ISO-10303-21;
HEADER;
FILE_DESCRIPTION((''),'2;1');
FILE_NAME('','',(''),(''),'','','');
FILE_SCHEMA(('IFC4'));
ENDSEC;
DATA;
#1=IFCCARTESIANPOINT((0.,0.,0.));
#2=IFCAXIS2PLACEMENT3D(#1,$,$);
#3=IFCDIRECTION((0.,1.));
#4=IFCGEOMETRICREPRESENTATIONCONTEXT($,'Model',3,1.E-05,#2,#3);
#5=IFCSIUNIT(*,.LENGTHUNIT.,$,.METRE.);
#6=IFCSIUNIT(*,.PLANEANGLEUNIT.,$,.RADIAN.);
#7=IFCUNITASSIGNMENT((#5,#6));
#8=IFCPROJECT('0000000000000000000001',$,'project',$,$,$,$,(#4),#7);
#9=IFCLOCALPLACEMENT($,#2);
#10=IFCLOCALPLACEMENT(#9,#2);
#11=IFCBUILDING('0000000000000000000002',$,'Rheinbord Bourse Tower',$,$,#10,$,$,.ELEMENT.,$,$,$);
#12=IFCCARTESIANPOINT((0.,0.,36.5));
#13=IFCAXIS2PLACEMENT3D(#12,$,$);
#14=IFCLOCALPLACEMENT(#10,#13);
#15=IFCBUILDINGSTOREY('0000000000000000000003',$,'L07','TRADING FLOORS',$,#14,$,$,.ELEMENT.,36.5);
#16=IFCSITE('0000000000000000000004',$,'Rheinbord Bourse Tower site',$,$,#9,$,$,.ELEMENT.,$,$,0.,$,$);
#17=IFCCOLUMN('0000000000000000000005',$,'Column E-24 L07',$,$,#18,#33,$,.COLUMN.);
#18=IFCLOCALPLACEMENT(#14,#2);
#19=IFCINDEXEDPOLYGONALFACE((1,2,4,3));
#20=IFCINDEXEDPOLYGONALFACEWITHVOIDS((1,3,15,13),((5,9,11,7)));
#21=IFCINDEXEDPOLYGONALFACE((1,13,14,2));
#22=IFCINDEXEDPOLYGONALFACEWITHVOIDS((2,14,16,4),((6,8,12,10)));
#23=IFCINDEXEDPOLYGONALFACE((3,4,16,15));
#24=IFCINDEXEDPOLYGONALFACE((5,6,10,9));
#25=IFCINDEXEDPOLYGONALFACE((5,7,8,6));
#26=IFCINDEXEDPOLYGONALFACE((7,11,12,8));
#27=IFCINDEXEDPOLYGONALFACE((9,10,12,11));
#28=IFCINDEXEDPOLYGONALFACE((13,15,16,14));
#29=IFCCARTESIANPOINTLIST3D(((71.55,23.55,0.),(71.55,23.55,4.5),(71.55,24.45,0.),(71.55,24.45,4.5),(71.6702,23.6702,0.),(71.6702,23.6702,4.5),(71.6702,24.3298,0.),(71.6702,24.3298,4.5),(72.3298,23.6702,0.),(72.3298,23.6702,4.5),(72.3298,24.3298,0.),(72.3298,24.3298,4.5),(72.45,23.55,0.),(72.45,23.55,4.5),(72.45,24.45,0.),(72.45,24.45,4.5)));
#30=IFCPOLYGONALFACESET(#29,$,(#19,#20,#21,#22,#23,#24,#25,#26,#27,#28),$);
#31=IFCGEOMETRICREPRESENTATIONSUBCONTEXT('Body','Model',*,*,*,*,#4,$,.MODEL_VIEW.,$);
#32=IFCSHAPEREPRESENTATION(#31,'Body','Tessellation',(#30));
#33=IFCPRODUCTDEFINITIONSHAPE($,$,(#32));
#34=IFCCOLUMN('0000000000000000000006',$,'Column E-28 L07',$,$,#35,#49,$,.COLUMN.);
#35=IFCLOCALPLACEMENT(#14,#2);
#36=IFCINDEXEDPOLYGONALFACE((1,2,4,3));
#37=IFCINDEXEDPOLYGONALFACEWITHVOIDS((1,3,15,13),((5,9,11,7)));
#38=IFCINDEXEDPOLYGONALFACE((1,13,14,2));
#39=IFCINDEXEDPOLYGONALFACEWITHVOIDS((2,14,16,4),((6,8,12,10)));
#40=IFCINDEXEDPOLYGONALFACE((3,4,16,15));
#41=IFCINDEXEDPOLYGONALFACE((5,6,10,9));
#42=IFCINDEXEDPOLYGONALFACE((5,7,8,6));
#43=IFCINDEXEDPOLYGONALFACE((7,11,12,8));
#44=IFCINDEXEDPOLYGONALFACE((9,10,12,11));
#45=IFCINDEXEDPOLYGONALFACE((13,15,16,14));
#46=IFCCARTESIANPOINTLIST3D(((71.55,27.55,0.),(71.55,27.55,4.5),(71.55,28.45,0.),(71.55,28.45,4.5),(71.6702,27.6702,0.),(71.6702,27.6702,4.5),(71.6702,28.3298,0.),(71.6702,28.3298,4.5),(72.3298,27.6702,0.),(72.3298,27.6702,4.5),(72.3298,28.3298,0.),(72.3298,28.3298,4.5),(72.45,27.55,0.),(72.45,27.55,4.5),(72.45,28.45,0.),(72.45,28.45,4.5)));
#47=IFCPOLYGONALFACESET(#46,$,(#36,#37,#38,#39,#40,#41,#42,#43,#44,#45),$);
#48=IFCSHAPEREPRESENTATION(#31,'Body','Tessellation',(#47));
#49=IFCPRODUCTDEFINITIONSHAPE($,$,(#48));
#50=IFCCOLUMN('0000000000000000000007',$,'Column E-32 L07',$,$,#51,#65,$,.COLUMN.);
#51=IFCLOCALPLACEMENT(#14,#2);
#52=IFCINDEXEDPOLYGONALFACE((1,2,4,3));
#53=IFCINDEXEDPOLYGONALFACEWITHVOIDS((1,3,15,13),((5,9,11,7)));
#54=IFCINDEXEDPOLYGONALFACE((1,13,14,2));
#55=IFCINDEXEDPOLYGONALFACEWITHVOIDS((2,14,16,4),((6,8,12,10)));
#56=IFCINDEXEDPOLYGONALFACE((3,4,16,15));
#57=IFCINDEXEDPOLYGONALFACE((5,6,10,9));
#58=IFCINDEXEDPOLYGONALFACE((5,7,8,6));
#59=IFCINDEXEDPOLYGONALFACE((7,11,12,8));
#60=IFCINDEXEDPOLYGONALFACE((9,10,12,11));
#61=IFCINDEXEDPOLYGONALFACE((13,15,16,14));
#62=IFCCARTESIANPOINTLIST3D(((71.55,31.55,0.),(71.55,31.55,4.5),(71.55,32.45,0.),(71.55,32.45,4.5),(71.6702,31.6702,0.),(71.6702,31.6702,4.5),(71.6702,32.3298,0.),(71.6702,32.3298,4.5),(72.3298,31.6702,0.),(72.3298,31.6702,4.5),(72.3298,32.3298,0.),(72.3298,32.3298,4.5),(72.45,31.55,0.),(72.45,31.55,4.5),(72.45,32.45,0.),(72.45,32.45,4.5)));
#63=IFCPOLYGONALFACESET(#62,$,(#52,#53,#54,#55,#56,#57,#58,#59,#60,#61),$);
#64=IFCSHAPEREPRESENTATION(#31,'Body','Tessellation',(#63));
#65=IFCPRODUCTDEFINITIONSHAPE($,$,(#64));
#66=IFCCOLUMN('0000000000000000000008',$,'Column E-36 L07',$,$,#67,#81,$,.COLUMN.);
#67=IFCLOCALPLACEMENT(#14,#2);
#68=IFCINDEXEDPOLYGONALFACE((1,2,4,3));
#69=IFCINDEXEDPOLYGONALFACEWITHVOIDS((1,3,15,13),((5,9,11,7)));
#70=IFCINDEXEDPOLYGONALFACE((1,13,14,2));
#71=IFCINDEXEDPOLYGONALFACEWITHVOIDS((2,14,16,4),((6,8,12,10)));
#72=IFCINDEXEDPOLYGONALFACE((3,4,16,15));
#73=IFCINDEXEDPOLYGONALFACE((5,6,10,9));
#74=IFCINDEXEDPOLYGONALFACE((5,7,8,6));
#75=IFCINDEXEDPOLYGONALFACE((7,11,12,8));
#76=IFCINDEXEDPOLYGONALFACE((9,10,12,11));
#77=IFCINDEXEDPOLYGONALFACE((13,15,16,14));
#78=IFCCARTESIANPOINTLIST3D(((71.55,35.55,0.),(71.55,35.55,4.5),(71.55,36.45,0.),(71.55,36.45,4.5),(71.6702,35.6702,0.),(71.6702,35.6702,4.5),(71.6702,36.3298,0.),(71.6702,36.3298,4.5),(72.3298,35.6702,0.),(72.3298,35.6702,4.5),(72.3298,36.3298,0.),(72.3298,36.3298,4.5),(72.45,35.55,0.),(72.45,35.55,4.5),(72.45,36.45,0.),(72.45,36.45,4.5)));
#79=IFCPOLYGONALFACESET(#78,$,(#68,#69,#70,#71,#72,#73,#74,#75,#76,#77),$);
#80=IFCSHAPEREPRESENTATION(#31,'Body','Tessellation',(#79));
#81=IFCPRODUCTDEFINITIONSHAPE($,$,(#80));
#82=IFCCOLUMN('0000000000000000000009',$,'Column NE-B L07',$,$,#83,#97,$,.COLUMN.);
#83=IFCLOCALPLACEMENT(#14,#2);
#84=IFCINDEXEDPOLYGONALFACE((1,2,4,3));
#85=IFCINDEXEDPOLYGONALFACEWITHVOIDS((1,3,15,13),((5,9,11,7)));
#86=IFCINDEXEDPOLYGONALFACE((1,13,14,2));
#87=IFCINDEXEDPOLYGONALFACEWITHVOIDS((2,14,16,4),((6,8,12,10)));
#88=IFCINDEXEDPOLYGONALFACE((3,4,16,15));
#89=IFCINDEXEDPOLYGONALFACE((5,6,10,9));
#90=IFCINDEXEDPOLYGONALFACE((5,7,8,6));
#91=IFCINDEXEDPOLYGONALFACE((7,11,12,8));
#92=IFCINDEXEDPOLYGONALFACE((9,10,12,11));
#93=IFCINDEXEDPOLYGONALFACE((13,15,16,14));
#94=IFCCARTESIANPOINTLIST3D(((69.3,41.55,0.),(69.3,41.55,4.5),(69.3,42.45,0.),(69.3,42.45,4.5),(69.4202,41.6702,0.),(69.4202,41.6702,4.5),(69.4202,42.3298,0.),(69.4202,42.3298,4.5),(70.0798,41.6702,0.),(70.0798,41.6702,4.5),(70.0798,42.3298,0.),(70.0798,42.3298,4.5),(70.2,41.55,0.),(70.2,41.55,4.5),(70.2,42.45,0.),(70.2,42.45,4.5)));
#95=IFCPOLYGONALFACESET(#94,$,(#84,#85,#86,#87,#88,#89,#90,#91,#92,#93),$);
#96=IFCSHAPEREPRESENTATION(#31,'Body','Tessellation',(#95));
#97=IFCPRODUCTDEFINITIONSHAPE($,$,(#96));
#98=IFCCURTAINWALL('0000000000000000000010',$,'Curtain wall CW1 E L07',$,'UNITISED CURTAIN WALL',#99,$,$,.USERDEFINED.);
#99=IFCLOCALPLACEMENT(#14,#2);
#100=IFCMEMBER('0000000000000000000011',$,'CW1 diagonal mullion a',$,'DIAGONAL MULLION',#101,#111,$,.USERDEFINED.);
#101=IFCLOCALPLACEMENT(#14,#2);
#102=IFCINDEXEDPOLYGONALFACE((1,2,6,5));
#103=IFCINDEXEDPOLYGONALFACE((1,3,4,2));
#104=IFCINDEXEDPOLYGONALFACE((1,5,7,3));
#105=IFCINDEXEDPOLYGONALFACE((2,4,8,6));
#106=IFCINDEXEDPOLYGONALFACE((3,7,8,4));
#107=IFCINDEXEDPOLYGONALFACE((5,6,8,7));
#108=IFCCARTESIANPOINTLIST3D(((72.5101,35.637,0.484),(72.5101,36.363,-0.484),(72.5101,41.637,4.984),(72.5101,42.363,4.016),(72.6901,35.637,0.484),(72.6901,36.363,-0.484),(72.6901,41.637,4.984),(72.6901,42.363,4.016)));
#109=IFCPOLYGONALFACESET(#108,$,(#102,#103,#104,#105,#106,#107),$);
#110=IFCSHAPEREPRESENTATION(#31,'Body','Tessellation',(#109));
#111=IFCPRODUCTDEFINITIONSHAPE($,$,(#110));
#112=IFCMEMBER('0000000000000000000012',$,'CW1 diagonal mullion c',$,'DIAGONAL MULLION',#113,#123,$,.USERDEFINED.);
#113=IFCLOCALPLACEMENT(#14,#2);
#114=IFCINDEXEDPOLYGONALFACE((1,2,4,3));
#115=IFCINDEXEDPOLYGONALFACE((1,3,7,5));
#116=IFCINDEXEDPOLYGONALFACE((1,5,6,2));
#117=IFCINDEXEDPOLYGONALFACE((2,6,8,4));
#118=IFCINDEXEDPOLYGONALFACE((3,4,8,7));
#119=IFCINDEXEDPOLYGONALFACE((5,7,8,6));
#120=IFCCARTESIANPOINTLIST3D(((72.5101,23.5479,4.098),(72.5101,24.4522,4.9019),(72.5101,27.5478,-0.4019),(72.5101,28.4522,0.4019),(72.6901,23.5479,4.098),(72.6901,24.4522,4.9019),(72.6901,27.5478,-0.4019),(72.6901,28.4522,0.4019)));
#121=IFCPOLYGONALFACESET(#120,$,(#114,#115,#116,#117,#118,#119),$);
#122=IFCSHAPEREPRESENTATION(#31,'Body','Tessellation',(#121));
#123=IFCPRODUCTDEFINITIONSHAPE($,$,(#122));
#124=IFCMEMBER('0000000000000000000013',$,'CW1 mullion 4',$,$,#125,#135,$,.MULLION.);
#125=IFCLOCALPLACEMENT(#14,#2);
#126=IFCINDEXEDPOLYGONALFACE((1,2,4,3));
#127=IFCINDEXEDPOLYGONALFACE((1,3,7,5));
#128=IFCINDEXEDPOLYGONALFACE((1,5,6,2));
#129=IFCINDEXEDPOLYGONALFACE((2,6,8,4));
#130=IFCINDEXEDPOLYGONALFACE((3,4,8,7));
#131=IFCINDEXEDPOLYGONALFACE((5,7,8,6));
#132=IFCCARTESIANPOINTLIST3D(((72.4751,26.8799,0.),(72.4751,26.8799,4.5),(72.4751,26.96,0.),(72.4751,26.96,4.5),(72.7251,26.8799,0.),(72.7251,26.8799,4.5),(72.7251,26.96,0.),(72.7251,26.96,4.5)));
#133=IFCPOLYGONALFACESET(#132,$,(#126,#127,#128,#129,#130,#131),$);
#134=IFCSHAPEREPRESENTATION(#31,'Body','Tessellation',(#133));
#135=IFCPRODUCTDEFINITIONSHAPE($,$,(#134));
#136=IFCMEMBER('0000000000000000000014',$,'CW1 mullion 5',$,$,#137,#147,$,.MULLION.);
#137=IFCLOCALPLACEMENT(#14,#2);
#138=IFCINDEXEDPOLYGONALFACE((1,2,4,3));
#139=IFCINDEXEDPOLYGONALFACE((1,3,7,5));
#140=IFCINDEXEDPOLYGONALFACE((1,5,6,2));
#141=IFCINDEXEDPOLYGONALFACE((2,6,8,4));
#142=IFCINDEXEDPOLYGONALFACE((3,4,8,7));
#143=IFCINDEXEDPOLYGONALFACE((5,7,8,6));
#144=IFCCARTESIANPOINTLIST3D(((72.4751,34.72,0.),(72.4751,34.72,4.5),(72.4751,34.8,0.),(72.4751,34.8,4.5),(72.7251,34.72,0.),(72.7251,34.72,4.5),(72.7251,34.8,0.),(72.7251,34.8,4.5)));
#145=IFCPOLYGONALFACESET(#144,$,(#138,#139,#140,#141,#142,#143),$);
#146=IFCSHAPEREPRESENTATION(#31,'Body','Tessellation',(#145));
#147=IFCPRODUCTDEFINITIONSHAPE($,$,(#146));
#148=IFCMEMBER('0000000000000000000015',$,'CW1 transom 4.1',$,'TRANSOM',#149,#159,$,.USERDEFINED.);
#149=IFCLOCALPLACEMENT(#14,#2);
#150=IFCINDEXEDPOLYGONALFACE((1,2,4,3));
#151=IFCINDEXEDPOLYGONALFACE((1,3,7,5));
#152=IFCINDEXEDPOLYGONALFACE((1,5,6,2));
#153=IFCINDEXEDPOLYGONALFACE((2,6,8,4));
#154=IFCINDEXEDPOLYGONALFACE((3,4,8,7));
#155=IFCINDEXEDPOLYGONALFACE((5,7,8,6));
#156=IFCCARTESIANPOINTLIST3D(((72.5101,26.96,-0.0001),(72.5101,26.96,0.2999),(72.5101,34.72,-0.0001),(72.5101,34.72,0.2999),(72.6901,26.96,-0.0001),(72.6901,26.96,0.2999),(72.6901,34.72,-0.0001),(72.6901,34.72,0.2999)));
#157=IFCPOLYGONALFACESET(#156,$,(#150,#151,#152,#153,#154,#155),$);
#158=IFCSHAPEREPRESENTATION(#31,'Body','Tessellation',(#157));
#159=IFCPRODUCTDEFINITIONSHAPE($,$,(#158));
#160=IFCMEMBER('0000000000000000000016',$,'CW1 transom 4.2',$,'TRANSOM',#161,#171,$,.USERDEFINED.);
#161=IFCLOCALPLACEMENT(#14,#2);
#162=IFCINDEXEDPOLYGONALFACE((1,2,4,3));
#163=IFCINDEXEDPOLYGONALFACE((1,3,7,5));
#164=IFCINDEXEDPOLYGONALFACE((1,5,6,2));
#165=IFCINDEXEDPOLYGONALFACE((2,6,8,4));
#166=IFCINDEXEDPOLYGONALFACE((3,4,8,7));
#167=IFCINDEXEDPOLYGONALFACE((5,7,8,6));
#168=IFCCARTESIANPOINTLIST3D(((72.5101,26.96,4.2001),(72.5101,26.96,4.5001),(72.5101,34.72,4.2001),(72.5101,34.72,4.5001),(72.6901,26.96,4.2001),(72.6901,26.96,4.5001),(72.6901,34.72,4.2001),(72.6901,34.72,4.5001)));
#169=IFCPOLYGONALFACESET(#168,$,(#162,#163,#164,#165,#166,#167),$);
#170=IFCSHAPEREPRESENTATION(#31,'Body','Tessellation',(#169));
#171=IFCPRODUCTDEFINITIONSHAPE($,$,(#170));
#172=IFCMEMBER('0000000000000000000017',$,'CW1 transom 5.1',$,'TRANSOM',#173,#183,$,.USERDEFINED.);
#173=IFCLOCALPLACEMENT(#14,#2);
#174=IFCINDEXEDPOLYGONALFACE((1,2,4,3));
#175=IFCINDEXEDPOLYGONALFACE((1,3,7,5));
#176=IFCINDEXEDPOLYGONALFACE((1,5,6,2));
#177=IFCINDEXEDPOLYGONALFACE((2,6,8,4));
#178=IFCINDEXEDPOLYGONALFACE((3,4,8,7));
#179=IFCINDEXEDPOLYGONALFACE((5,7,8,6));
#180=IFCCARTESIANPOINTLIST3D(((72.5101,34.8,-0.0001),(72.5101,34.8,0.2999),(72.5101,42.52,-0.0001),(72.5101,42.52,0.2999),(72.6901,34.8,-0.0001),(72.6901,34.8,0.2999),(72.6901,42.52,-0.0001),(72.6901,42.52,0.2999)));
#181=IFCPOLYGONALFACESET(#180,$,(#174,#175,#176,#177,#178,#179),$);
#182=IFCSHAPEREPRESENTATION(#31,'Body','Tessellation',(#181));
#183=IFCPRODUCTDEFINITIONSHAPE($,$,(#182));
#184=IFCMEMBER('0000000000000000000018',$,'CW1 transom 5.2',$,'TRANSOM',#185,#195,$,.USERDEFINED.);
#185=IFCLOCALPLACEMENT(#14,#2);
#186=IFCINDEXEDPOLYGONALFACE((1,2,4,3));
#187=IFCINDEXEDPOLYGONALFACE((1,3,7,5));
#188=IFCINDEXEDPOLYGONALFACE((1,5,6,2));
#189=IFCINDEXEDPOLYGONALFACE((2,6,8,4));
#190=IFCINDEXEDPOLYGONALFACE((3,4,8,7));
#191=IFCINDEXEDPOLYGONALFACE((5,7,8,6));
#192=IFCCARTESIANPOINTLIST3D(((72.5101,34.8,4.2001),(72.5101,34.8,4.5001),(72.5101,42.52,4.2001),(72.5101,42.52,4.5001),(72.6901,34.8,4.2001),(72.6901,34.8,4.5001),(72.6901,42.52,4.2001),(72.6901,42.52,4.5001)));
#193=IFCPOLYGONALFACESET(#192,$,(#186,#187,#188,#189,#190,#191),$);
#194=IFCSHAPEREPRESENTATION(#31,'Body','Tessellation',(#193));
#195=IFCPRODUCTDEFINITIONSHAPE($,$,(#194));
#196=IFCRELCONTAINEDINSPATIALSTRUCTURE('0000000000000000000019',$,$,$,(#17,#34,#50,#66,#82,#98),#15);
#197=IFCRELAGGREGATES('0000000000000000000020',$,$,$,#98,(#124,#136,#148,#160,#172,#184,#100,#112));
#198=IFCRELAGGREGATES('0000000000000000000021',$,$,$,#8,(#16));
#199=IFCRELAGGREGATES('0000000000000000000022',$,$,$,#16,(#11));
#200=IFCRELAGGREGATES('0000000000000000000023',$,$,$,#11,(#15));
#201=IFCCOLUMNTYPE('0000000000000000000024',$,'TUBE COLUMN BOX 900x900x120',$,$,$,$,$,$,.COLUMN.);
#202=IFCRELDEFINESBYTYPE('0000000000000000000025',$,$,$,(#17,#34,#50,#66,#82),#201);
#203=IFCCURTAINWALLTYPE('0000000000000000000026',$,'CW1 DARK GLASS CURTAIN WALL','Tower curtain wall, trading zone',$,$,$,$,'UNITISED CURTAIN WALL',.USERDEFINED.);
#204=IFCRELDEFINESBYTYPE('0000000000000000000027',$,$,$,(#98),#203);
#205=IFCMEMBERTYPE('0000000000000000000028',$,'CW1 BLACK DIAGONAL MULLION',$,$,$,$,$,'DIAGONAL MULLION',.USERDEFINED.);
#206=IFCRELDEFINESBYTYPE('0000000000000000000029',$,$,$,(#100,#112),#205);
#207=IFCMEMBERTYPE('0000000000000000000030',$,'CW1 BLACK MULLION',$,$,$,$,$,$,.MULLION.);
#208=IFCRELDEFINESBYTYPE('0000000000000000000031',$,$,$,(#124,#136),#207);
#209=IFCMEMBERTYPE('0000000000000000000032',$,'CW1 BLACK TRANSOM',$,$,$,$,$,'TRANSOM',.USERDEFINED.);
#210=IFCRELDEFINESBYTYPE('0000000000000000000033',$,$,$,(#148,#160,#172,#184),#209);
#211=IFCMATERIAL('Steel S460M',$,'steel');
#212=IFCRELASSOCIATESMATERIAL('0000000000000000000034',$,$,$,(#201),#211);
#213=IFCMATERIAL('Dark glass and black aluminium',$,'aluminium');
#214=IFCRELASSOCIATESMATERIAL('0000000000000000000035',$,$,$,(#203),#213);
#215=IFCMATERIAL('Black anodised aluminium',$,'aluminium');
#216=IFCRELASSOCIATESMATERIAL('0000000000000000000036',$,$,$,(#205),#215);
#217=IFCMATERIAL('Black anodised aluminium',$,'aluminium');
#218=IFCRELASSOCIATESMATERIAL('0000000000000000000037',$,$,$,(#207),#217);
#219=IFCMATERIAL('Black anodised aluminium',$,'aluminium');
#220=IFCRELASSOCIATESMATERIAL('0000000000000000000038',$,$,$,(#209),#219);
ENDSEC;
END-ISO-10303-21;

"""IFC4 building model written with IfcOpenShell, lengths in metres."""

from ifc_helpers import new_model, si_unit, direction, frame, origin, origin_2d, place, context, subcontext, project, spatial, rectangle, hollow_rectangle, extrude, material, material_profile, profile_set, type_object, element, aggregate, save


model = new_model("IFC4")

# Units and contexts
model_context = context("Model", 3, precision=1e-05, world=origin(), true_north=direction((0.0, 1.0)))
body_context = subcontext(model_context, "Body", "Model", "MODEL_VIEW")
ifc_project = project(units=[si_unit("LENGTHUNIT", "METRE"), si_unit("PLANEANGLEUNIT", "RADIAN")], contexts=[model_context])

# Site, building, storey
site_placement = place(None, origin())
site = spatial("IfcSite", under=ifc_project, at=site_placement, Name="Rheinbord Bourse Tower site", CompositionType="ELEMENT", RefElevation=0.0)
building_placement = place(site_placement, origin())
building = spatial("IfcBuilding", under=site, at=building_placement, Name="Rheinbord Bourse Tower", CompositionType="ELEMENT")
storey_placement = place(building_placement, frame((0.0, 0.0, 36.5)))
storey = spatial("IfcBuildingStorey", under=building, at=storey_placement, Name="L07", Description="TRADING FLOORS", CompositionType="ELEMENT", Elevation=36.5)

# Columns
ifc_material_1 = material(Name="Steel S460M", Category="steel")
ifc_material_profile_1 = material_profile(ifc_material_1, hollow_rectangle(XDim=0.8999, YDim=0.8999, WallThickness=0.1201, at=origin_2d()), Name="BOX 900x900x120")
ifc_profile_set_1 = profile_set([ifc_material_profile_1], Name="Steel S460M")
column_type = type_object("IfcColumnType", Name="TUBE COLUMN BOX 900x900x120", PredefinedType="COLUMN", material=ifc_profile_set_1)
for number, where, z_axis, x_axis, name in (
    (1, (72.0, 24.0, 0.0), (0.0, 0.0, 1.0), (1.0, 0.0, 0.0), "Column E-24 L07"),
    (2, (72.0, 28.0, 0.0), (0.0, 0.0, 1.0), (1.0, 0.0, 0.0), "Column E-28 L07"),
    (3, (72.0, 32.0, 0.0), (0.0, 0.0, 1.0), (1.0, 0.0, 0.0), "Column E-32 L07"),
    (4, (72.0, 36.0, 0.0), (0.0, 0.0, 1.0), (1.0, 0.0, 0.0), "Column E-36 L07"),
    (5, (69.75, 42.0, 0.0), (0.0, 0.0, 1.0), (1.0, 0.0, 0.0), "Column NE-B L07"),
):
    element("IfcColumn", number, at=place(storey_placement, frame(where, z_axis=z_axis, x_axis=x_axis)), inside=storey, type_object=column_type, Name=name, PredefinedType="COLUMN", context=body_context, shape_type="SweptSolid", body=[
        extrude(hollow_rectangle(XDim=0.8999, YDim=0.8999, WallThickness=0.1201, at=origin_2d()), origin(), (0.0, 0.0, 1.0), 4.5),
    ])

# Curtain wall, members
ifc_material_2 = material(Name="Dark glass and black aluminium", Category="aluminium")
curtain_wall_type = type_object("IfcCurtainWallType", Name="CW1 DARK GLASS CURTAIN WALL", Description="Tower curtain wall, trading zone", ElementType="UNITISED CURTAIN WALL", PredefinedType="USERDEFINED", material=ifc_material_2)
curtain_wall_placement = place(storey_placement, origin())
curtain_wall = element("IfcCurtainWall", 6, at=curtain_wall_placement, inside=storey, type_object=curtain_wall_type, Name="Curtain wall CW1 E L07", ObjectType="UNITISED CURTAIN WALL", PredefinedType="USERDEFINED")
ifc_material_3 = material(Name="Black anodised aluminium", Category="aluminium")
ifc_material_profile_2 = material_profile(ifc_material_3, rectangle(XDim=0.1799, YDim=1.21, at=origin_2d()), Name="CW1 DIAGONAL MULLION 1210x180")
ifc_profile_set_2 = profile_set([ifc_material_profile_2], Name="Black anodised aluminium")
member_type_1 = type_object("IfcMemberType", Name="CW1 BLACK DIAGONAL MULLION", ElementType="DIAGONAL MULLION", PredefinedType="USERDEFINED", material=ifc_profile_set_2)
member_1_placement = place(storey_placement, frame((72.6001, 36.0, 0.0), z_axis=(0.0, 0.8, 0.6), x_axis=(-1.0, 0.0, 0.0)))
member_1 = element("IfcMember", 7, at=member_1_placement, type_object=member_type_1, Name="CW1 diagonal mullion a", ObjectType="DIAGONAL MULLION", PredefinedType="USERDEFINED", context=body_context, shape_type="SweptSolid", body=[
    extrude(rectangle(XDim=0.1799, YDim=1.21, at=origin_2d()), origin(), (0.0, 0.0, 1.0), 7.5),
])
member_2_placement = place(storey_placement, frame((72.6001, 28.0, 0.0), z_axis=(0.0, -0.664364, 0.747409), x_axis=(1.0, 0.0, 0.0)))
member_2 = element("IfcMember", 8, at=member_2_placement, type_object=member_type_1, Name="CW1 diagonal mullion c", ObjectType="DIAGONAL MULLION", PredefinedType="USERDEFINED", context=body_context, shape_type="SweptSolid", body=[
    extrude(rectangle(XDim=0.1799, YDim=1.21, at=origin_2d()), origin(), (0.0, 0.0, 1.0), 6.0208),
])
ifc_material_4 = material(Name="Black anodised aluminium", Category="aluminium")
ifc_material_profile_3 = material_profile(ifc_material_4, rectangle(XDim=0.25, YDim=0.0801, at=origin_2d()), Name="CW1 MULLION 80x250")
ifc_profile_set_3 = profile_set([ifc_material_profile_3], Name="Black anodised aluminium")
member_type_2 = type_object("IfcMemberType", Name="CW1 BLACK MULLION", PredefinedType="MULLION", material=ifc_profile_set_3)
member_3_placement = place(storey_placement, frame((72.6001, 26.9199, 0.0), z_axis=(0.0, 0.0, 1.0), x_axis=(-1.0, 0.0, 0.0)))
member_3 = element("IfcMember", 9, at=member_3_placement, type_object=member_type_2, Name="CW1 mullion 4", PredefinedType="MULLION", context=body_context, shape_type="SweptSolid", body=[
    extrude(rectangle(XDim=0.25, YDim=0.0801, at=origin_2d()), origin(), (0.0, 0.0, 1.0), 4.5),
])
member_4_placement = place(storey_placement, frame((72.6001, 34.76, 0.0), z_axis=(0.0, 0.0, 1.0), x_axis=(-1.0, 0.0, 0.0)))
member_4 = element("IfcMember", 10, at=member_4_placement, type_object=member_type_2, Name="CW1 mullion 5", PredefinedType="MULLION", context=body_context, shape_type="SweptSolid", body=[
    extrude(rectangle(XDim=0.25, YDim=0.0801, at=origin_2d()), origin(), (0.0, 0.0, 1.0), 4.5),
])
ifc_material_5 = material(Name="Black anodised aluminium", Category="aluminium")
ifc_material_profile_4 = material_profile(ifc_material_5, rectangle(XDim=0.1799, YDim=0.3, at=origin_2d()), Name="CW1 TRANSOM 300x180")
ifc_profile_set_4 = profile_set([ifc_material_profile_4], Name="Black anodised aluminium")
member_type_3 = type_object("IfcMemberType", Name="CW1 BLACK TRANSOM", ElementType="TRANSOM", PredefinedType="USERDEFINED", material=ifc_profile_set_4)
member_5_placement = place(storey_placement, frame((72.6001, 26.96, 0.1499), z_axis=(0.0, 1.0, 0.0), x_axis=(-1.0, 0.0, 0.0)))
member_5 = element("IfcMember", 11, at=member_5_placement, type_object=member_type_3, Name="CW1 transom 4.1", ObjectType="TRANSOM", PredefinedType="USERDEFINED", context=body_context, shape_type="SweptSolid", body=[
    extrude(rectangle(XDim=0.1799, YDim=0.3, at=origin_2d()), origin(), (0.0, 0.0, 1.0), 7.76),
])
member_6_placement = place(storey_placement, frame((72.6001, 26.96, 4.3501), z_axis=(0.0, 1.0, 0.0), x_axis=(-1.0, 0.0, 0.0)))
member_6 = element("IfcMember", 12, at=member_6_placement, type_object=member_type_3, Name="CW1 transom 4.2", ObjectType="TRANSOM", PredefinedType="USERDEFINED", context=body_context, shape_type="SweptSolid", body=[
    extrude(rectangle(XDim=0.1799, YDim=0.3, at=origin_2d()), origin(), (0.0, 0.0, 1.0), 7.76),
])
member_7_placement = place(storey_placement, frame((72.6001, 34.8, 0.1499), z_axis=(0.0, 1.0, 0.0), x_axis=(-1.0, 0.0, 0.0)))
member_7 = element("IfcMember", 13, at=member_7_placement, type_object=member_type_3, Name="CW1 transom 5.1", ObjectType="TRANSOM", PredefinedType="USERDEFINED", context=body_context, shape_type="SweptSolid", body=[
    extrude(rectangle(XDim=0.1799, YDim=0.3, at=origin_2d()), origin(), (0.0, 0.0, 1.0), 7.72),
])
member_8_placement = place(storey_placement, frame((72.6001, 34.8, 4.3501), z_axis=(0.0, 1.0, 0.0), x_axis=(-1.0, 0.0, 0.0)))
member_8 = element("IfcMember", 14, at=member_8_placement, type_object=member_type_3, Name="CW1 transom 5.2", ObjectType="TRANSOM", PredefinedType="USERDEFINED", context=body_context, shape_type="SweptSolid", body=[
    extrude(rectangle(XDim=0.1799, YDim=0.3, at=origin_2d()), origin(), (0.0, 0.0, 1.0), 7.72),
])

aggregate(curtain_wall, [member_3, member_4, member_5, member_6, member_7, member_8, member_1, member_2])

save(model, "model.ifc")
